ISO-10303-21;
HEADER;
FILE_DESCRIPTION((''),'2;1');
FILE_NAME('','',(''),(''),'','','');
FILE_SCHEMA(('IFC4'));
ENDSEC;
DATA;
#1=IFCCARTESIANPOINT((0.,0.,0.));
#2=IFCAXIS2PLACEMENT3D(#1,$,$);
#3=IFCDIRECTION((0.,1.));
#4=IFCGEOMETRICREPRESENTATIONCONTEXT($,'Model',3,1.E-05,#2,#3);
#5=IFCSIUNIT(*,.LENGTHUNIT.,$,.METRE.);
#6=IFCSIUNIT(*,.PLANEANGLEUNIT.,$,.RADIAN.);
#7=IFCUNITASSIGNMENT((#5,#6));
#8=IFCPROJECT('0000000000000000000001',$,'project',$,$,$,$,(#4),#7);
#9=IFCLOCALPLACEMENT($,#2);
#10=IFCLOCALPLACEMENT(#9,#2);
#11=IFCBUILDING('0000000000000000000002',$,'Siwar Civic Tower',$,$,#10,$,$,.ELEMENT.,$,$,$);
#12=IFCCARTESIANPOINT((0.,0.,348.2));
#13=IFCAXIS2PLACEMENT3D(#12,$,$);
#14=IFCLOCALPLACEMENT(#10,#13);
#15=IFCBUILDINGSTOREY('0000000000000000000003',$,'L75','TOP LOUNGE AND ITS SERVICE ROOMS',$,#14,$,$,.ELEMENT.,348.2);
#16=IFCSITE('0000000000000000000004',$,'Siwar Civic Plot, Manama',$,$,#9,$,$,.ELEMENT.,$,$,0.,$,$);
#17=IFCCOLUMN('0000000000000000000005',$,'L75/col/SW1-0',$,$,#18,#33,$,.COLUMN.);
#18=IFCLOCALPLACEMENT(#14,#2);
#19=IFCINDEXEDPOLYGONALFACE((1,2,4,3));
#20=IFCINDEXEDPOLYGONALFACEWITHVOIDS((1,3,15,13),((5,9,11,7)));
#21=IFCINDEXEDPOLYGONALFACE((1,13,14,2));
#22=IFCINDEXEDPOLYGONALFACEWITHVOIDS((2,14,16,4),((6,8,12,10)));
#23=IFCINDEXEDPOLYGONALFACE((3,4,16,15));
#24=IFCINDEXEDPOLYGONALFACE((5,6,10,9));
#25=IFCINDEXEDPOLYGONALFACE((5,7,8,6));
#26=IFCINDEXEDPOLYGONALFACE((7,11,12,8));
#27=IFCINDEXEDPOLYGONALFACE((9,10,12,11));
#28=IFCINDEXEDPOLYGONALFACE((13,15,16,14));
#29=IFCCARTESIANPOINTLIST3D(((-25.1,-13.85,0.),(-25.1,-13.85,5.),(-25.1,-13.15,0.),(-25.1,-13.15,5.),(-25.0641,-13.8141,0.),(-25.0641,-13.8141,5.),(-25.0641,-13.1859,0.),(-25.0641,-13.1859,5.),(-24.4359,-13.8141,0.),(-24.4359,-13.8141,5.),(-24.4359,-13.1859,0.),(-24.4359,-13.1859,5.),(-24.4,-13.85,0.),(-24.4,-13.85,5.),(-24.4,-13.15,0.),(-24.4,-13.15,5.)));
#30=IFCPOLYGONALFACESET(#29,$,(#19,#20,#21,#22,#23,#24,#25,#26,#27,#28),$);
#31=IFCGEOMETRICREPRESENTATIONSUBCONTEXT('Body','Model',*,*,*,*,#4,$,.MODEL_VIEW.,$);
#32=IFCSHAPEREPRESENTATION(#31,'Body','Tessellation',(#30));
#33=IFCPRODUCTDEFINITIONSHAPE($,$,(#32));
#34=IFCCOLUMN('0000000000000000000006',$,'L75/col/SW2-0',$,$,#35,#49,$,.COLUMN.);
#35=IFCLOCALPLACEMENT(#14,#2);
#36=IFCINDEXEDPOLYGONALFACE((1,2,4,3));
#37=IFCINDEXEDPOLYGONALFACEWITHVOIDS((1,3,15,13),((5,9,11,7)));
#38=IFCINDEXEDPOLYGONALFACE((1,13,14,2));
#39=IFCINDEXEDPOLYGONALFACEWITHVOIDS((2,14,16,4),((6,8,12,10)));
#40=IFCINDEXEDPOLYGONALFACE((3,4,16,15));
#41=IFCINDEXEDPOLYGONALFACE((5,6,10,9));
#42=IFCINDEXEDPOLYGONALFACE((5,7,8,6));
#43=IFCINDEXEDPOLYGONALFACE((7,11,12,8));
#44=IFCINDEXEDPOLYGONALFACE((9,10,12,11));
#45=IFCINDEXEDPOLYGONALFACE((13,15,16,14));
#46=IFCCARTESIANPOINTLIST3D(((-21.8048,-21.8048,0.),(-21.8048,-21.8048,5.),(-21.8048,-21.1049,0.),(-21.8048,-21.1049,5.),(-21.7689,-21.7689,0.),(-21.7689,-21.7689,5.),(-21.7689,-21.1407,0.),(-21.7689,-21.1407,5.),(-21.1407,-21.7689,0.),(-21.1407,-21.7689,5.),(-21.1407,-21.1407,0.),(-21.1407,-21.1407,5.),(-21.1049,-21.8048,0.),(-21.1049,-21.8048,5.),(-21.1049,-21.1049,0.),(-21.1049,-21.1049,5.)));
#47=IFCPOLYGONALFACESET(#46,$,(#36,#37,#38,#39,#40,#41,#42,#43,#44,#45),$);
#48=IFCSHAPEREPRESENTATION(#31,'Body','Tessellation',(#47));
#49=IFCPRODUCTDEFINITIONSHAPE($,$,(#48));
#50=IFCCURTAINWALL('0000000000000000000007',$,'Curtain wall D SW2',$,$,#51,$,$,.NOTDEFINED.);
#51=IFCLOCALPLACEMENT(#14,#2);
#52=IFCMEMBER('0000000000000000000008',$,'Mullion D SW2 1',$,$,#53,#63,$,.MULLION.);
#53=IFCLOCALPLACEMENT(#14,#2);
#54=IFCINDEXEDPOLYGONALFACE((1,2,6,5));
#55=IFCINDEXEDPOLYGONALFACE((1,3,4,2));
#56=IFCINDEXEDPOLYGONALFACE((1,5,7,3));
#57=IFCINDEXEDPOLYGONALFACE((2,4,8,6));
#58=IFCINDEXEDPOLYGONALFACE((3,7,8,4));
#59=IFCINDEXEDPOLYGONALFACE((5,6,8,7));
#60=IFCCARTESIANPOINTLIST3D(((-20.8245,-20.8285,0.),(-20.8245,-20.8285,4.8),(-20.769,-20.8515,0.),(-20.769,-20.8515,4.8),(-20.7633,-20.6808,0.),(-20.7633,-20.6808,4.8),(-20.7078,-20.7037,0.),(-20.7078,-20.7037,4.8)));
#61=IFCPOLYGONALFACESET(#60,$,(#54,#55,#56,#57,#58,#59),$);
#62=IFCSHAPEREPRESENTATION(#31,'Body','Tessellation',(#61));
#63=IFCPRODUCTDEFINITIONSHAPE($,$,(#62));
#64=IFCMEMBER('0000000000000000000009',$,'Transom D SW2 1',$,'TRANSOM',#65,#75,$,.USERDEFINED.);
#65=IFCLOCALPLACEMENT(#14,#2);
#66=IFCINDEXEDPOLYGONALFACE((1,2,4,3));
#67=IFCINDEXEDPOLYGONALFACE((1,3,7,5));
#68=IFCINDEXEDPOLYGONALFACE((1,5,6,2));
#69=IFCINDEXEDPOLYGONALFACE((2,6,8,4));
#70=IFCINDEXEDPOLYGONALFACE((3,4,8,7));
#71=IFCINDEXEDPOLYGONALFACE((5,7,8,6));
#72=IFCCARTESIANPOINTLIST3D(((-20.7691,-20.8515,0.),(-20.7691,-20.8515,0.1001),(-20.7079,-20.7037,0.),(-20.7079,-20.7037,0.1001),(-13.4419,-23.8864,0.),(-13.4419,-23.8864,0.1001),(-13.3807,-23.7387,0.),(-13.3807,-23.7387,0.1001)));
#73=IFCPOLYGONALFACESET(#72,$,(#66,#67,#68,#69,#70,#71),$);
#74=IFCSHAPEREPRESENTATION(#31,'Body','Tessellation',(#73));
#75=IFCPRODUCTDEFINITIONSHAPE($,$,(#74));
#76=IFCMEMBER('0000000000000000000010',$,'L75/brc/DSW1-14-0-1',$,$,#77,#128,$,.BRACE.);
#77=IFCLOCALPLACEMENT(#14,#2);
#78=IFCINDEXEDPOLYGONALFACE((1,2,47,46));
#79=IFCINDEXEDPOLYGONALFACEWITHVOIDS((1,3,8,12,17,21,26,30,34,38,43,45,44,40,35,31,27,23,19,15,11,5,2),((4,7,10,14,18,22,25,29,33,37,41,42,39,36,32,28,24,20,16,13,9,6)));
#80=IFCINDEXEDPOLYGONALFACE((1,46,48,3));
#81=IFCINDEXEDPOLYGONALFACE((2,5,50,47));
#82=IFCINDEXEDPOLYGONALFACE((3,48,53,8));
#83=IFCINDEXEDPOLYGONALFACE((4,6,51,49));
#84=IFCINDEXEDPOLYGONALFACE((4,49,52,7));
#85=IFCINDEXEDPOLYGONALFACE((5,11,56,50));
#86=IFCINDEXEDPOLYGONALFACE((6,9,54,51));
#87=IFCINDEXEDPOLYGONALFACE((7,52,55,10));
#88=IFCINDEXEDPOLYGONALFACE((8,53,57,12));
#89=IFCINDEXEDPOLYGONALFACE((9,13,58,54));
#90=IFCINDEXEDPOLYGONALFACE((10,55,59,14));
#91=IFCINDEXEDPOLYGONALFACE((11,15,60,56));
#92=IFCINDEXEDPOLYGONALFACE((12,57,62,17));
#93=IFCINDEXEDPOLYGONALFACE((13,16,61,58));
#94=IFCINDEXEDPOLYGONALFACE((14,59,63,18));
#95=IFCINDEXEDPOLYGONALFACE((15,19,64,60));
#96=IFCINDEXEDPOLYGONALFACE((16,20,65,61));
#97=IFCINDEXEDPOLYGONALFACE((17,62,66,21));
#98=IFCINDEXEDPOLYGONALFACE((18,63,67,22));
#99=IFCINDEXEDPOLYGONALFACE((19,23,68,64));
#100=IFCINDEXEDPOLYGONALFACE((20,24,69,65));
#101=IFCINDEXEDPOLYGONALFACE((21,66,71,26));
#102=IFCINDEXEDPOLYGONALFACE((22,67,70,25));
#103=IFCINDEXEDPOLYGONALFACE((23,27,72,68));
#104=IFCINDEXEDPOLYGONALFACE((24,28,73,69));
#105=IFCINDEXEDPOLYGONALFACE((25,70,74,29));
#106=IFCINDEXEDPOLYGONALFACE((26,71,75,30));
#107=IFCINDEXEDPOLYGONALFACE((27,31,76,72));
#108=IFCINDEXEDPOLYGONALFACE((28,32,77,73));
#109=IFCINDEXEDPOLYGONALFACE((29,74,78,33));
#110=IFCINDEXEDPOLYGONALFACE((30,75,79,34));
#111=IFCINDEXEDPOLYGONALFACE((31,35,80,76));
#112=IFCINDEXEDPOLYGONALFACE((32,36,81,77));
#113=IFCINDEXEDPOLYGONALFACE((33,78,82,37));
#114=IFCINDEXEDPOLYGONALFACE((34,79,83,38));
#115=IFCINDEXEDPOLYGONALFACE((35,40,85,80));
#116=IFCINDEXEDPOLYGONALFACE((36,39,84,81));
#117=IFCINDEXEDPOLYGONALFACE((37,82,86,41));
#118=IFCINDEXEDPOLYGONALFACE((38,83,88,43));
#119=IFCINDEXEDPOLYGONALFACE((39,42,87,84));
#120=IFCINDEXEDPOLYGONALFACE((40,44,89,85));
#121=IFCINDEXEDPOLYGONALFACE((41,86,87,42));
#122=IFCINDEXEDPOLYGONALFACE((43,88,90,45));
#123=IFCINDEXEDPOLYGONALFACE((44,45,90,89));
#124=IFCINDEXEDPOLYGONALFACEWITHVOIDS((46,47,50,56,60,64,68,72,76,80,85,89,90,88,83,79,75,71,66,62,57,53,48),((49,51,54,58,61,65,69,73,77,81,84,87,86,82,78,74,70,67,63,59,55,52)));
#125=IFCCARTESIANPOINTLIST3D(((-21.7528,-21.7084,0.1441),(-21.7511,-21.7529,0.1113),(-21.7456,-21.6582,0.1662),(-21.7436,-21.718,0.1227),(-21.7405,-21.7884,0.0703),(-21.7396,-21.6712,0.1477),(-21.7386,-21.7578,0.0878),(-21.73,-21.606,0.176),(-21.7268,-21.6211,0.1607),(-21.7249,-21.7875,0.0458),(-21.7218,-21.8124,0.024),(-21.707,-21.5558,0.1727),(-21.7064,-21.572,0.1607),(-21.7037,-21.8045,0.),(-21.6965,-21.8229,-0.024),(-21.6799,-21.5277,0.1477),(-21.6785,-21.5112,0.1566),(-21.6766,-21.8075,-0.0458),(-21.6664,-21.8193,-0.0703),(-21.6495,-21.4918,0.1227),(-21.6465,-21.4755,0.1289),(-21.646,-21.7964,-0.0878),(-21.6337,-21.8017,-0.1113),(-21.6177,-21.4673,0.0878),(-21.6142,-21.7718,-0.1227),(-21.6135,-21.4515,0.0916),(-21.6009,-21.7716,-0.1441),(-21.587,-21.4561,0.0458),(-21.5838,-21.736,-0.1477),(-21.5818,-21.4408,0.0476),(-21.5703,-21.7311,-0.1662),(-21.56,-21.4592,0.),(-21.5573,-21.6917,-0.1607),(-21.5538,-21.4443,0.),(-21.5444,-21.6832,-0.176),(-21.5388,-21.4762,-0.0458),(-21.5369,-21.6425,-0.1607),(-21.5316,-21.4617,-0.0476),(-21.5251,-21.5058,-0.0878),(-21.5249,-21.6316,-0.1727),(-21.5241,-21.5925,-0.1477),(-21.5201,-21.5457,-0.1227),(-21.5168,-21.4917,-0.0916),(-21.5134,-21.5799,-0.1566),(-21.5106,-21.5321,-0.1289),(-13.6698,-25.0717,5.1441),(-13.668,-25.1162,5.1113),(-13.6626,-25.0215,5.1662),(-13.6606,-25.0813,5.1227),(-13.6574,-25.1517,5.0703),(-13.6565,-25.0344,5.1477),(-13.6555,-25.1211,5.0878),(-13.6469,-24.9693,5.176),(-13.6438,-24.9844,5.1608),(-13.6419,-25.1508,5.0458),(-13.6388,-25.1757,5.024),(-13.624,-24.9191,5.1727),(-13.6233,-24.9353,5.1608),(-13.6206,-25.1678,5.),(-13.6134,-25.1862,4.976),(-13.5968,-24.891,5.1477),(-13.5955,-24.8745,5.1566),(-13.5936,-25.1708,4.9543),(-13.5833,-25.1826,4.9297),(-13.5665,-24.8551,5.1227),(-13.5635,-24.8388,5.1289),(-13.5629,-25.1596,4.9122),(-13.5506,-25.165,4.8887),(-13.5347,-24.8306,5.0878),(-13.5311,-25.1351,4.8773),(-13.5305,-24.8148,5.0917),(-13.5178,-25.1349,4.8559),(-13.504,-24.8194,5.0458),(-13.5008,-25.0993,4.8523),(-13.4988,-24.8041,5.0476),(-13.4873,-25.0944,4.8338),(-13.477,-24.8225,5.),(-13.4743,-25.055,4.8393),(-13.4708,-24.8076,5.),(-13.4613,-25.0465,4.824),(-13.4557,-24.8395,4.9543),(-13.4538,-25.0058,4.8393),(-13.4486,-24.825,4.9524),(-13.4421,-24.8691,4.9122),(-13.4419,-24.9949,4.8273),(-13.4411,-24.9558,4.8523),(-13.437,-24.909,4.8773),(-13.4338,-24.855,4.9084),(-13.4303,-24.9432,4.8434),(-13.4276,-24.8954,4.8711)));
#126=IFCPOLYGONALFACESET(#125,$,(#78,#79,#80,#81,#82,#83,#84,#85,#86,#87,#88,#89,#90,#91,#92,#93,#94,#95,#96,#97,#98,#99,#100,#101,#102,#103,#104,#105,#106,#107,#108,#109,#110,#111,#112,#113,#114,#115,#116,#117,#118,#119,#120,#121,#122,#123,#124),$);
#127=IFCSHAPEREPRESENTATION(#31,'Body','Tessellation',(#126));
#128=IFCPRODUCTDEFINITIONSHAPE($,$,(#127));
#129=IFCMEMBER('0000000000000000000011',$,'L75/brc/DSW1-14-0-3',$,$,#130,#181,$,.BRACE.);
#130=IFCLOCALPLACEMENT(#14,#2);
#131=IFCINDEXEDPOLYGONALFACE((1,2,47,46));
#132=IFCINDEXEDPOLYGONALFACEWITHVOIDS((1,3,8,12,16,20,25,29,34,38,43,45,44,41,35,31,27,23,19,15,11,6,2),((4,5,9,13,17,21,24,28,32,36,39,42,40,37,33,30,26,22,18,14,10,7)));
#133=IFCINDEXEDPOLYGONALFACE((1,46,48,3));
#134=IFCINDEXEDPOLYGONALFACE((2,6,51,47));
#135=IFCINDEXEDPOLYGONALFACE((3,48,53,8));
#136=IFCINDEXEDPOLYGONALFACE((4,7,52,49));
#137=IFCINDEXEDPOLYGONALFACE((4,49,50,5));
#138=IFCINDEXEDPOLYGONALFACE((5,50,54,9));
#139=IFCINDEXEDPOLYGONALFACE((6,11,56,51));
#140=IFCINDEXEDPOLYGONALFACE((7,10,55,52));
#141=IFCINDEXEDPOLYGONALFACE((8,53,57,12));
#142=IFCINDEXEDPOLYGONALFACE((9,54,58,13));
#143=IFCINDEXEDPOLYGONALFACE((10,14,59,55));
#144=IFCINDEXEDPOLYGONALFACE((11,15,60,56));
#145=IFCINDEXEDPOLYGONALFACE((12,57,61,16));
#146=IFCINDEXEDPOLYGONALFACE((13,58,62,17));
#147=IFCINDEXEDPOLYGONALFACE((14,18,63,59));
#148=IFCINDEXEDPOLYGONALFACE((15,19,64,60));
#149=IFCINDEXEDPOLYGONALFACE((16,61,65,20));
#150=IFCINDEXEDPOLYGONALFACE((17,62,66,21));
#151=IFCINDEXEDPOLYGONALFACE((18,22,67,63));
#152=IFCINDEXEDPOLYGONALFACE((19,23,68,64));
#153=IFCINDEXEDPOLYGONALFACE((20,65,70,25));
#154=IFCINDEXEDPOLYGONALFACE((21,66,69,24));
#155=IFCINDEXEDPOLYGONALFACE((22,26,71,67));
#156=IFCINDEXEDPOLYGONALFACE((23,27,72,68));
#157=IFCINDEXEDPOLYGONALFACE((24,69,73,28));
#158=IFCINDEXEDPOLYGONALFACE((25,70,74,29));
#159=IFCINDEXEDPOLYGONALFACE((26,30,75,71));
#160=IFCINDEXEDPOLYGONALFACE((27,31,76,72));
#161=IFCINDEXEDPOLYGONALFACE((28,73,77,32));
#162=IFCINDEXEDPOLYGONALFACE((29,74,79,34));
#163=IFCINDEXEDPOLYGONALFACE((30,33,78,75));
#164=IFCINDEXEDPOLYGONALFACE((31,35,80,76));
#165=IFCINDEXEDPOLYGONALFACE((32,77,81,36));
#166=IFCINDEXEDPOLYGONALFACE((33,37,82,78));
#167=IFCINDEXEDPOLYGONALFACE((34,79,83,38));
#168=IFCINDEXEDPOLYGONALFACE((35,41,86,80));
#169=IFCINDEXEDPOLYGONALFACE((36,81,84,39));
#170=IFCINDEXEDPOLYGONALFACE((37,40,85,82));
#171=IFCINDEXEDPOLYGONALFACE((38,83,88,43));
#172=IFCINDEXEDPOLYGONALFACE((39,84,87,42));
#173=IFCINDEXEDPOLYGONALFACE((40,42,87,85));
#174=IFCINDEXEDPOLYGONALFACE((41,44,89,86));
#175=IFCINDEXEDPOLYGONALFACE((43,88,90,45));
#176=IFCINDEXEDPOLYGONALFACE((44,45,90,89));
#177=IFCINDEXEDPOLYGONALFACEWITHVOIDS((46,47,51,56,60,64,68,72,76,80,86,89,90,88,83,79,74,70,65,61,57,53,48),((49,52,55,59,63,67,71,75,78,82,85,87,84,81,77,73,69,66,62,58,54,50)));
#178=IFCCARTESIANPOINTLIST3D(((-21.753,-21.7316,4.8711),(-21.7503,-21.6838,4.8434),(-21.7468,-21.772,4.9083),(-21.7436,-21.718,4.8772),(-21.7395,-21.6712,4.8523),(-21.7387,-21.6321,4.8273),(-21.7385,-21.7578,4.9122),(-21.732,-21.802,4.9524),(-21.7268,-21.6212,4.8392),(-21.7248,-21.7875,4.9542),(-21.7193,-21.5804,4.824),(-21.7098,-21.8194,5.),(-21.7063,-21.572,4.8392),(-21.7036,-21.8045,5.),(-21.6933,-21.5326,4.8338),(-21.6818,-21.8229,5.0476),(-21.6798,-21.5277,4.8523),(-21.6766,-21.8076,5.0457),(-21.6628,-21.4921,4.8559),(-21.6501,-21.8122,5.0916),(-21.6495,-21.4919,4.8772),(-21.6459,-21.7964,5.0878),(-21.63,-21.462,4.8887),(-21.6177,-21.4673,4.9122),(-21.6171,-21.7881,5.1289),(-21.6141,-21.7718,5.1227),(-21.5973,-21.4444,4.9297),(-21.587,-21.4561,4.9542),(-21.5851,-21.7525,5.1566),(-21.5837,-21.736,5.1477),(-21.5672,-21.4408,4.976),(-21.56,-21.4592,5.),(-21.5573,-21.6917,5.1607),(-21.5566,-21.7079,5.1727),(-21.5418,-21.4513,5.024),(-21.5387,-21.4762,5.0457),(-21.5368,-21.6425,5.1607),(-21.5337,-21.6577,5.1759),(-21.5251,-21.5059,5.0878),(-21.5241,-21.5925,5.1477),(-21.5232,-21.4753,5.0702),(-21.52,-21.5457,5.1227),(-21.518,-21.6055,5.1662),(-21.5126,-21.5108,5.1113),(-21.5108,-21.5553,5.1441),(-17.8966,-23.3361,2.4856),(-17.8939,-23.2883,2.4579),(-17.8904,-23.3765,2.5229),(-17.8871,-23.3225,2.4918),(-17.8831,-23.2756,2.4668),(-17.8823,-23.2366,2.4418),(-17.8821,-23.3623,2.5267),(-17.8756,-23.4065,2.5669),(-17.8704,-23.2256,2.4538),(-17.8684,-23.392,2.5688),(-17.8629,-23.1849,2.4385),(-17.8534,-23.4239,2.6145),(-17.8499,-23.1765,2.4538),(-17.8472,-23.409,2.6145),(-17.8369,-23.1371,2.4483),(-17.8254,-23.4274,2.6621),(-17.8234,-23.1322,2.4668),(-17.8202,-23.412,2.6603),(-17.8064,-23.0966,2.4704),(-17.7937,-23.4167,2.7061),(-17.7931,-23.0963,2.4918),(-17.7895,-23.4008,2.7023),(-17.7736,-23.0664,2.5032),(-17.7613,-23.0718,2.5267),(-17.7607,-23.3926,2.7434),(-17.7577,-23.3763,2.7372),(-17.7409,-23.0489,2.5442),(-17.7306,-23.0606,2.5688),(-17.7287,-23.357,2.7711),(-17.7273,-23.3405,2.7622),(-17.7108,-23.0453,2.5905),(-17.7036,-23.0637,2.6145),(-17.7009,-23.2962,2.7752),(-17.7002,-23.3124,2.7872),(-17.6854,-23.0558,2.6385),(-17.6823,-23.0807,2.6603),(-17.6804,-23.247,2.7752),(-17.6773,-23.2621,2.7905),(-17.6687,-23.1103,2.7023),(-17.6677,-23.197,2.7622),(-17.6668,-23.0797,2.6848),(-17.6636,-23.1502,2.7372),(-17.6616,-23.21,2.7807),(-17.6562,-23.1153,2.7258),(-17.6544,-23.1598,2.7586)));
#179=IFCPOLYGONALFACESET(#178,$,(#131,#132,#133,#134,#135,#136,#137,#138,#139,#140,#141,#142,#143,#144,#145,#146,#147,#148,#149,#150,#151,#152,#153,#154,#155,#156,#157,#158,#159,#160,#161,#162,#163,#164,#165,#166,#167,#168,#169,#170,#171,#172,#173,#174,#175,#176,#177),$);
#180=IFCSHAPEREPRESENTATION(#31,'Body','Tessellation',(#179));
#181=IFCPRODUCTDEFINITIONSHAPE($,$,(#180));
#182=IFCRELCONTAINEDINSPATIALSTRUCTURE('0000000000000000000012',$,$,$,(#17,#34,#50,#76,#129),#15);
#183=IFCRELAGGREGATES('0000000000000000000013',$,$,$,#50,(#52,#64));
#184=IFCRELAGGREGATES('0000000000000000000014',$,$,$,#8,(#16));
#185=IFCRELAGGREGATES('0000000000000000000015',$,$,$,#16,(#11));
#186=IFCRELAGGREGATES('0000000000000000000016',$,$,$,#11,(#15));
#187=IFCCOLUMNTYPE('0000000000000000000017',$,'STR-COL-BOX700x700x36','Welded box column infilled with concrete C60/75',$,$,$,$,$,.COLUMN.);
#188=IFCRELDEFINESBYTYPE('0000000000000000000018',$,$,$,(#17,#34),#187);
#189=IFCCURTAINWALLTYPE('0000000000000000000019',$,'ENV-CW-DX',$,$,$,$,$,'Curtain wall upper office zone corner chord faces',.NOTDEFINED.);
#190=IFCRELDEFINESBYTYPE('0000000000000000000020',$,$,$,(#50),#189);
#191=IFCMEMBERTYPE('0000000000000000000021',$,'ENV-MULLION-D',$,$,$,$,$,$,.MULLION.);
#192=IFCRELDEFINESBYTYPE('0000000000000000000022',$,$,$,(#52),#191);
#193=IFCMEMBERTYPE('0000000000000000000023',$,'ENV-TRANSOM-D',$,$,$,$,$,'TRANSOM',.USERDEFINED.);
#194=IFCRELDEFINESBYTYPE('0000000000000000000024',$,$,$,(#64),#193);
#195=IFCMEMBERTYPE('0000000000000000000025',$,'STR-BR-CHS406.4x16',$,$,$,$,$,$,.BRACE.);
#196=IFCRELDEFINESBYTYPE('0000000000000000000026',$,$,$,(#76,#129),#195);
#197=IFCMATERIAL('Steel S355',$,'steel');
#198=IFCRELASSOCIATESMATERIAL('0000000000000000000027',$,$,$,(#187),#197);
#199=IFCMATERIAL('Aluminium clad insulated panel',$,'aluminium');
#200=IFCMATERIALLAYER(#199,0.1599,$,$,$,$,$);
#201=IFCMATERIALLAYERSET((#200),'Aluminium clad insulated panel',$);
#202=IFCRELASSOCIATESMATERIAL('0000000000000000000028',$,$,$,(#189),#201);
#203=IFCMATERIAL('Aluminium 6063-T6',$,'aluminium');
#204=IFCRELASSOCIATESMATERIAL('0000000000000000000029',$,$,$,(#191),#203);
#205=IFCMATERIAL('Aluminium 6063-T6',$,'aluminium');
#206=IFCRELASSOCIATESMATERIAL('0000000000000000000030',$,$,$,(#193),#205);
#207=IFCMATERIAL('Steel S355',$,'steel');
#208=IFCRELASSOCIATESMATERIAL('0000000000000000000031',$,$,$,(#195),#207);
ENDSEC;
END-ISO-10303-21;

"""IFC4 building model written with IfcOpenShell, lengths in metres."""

from ifc_helpers import new_model, si_unit, direction, frame, origin, origin_2d, place, context, subcontext, project, spatial, rectangle, hollow_rectangle, hollow_circle, extrude, material, layer, layer_set, material_profile, profile_set, type_object, element, aggregate, save


model = new_model("IFC4")

# Units and contexts
model_context = context("Model", 3, precision=1e-05, world=origin(), true_north=direction((0.0, 1.0)))
body_context = subcontext(model_context, "Body", "Model", "MODEL_VIEW")
ifc_project = project(units=[si_unit("LENGTHUNIT", "METRE"), si_unit("PLANEANGLEUNIT", "RADIAN")], contexts=[model_context])

# Site, building, storey
site_placement = place(None, origin())
site = spatial("IfcSite", under=ifc_project, at=site_placement, Name="Siwar Civic Plot, Manama", CompositionType="ELEMENT", RefElevation=0.0)
building_placement = place(site_placement, origin())
building = spatial("IfcBuilding", under=site, at=building_placement, Name="Siwar Civic Tower", CompositionType="ELEMENT")
storey_placement = place(building_placement, frame((0.0, 0.0, 348.2)))
storey = spatial("IfcBuildingStorey", under=building, at=storey_placement, Name="L75", Description="TOP LOUNGE AND ITS SERVICE ROOMS", CompositionType="ELEMENT", Elevation=348.2)

# Columns
ifc_material_1 = material(Name="Steel S355", Category="steel")
ifc_material_profile_1 = material_profile(ifc_material_1, hollow_rectangle(XDim=0.7, YDim=0.7, WallThickness=0.0359, at=origin_2d()), Name="BOX700x700x36")
ifc_profile_set_1 = profile_set([ifc_material_profile_1], Name="Steel S355")
column_type = type_object("IfcColumnType", Name="STR-COL-BOX700x700x36", Description="Welded box column infilled with concrete C60/75", PredefinedType="COLUMN", material=ifc_profile_set_1)
for number, where, z_axis, x_axis, name in (
    (1, (-24.75, -13.5, 0.0), (0.0, 0.0, 1.0), (1.0, 0.0, 0.0), "L75/col/SW1-0"),
    (2, (-21.4548, -21.4548, 0.0), (0.0, 0.0, 1.0), (1.0, 0.0, 0.0), "L75/col/SW2-0"),
):
    element("IfcColumn", number, at=place(storey_placement, frame(where, z_axis=z_axis, x_axis=x_axis)), inside=storey, type_object=column_type, Name=name, PredefinedType="COLUMN", context=body_context, shape_type="SweptSolid", body=[
        extrude(hollow_rectangle(XDim=0.7, YDim=0.7, WallThickness=0.0359, at=origin_2d()), origin(), (0.0, 0.0, 1.0), 5.0),
    ])

# Curtain wall, members
ifc_material_2 = material(Name="Aluminium clad insulated panel", Category="aluminium")
ifc_layer_1 = layer(ifc_material_2, 0.1599)
ifc_layer_set_1 = layer_set([ifc_layer_1], Name="Aluminium clad insulated panel")
curtain_wall_type = type_object("IfcCurtainWallType", Name="ENV-CW-DX", ElementType="Curtain wall upper office zone corner chord faces", PredefinedType="NOTDEFINED", material=ifc_layer_set_1)
curtain_wall_1_placement = place(storey_placement, origin())
curtain_wall_1 = element("IfcCurtainWall", 3, at=curtain_wall_1_placement, inside=storey, type_object=curtain_wall_type, Name="Curtain wall D SW2", PredefinedType="NOTDEFINED")
ifc_material_3 = material(Name="Aluminium 6063-T6", Category="aluminium")
ifc_material_profile_2 = material_profile(ifc_material_3, rectangle(XDim=0.1599, YDim=0.0601, at=origin_2d()), Name="AL 160x60")
ifc_profile_set_2 = profile_set([ifc_material_profile_2], Name="Aluminium 6063-T6")
member_type_1 = type_object("IfcMemberType", Name="ENV-MULLION-D", PredefinedType="MULLION", material=ifc_profile_set_2)
member_1_placement = place(storey_placement, frame((-20.7661, -20.7661, 0.0), z_axis=(0.0, 0.0, 1.0), x_axis=(0.382683, 0.92388, 0.0)))
member_1 = element("IfcMember", 4, at=member_1_placement, type_object=member_type_1, Name="Mullion D SW2 1", PredefinedType="MULLION", context=body_context, shape_type="SweptSolid", body=[
    extrude(rectangle(XDim=0.1599, YDim=0.0601, at=origin_2d()), origin(), (0.0, 0.0, 1.0), 4.8),
])
ifc_material_4 = material(Name="Aluminium 6063-T6", Category="aluminium")
ifc_material_profile_3 = material_profile(ifc_material_4, rectangle(XDim=0.1599, YDim=0.1001, at=origin_2d()), Name="AL 160x100")
ifc_profile_set_3 = profile_set([ifc_material_profile_3], Name="Aluminium 6063-T6")
member_type_2 = type_object("IfcMemberType", Name="ENV-TRANSOM-D", ElementType="TRANSOM", PredefinedType="USERDEFINED", material=ifc_profile_set_3)
member_2_placement = place(storey_placement, frame((-20.7385, -20.7776, 0.05), z_axis=(0.923884, -0.382674, 0.0), x_axis=(0.382674, 0.923884, 0.0)))
member_2 = element("IfcMember", 5, at=member_2_placement, type_object=member_type_2, Name="Transom D SW2 1", ObjectType="TRANSOM", PredefinedType="USERDEFINED", context=body_context, shape_type="SweptSolid", body=[
    extrude(rectangle(XDim=0.1599, YDim=0.1001, at=origin_2d()), origin(), (0.0, 0.0, 1.0), 7.9309),
])

# Members
ifc_material_5 = material(Name="Steel S355", Category="steel")
ifc_material_profile_4 = material_profile(ifc_material_5, hollow_circle(Radius=0.2031, WallThickness=0.0161, at=origin_2d()), Name="CHS406.4x16")
ifc_profile_set_4 = profile_set([ifc_material_profile_4], Name="Steel S355")
member_type_3 = type_object("IfcMemberType", Name="STR-BR-CHS406.4x16", PredefinedType="BRACE", material=ifc_profile_set_4)
member_3_placement = place(storey_placement, frame((-21.6318, -21.6318, 0.0), z_axis=(0.801727, -0.333593, 0.495933), x_axis=(0.384164, 0.923265, 0.0)))
element("IfcMember", 6, at=member_3_placement, inside=storey, type_object=member_type_3, Name="L75/brc/DSW1-14-0-1", PredefinedType="BRACE", context=body_context, shape_type="SweptSolid", body=[
    extrude(hollow_circle(Radius=0.2031, WallThickness=0.0161, at=origin_2d()), origin(), (0.0, 0.0, 1.0), 10.082),
])
member_4_placement = place(storey_placement, frame((-17.7754, -23.2363, 2.6145), z_axis=(-0.801737, 0.333567, 0.495934), x_axis=(-0.384134, -0.923277, 0.0)))
element("IfcMember", 7, at=member_4_placement, inside=storey, type_object=member_type_3, Name="L75/brc/DSW1-14-0-3", PredefinedType="BRACE", context=body_context, shape_type="SweptSolid", body=[
    extrude(hollow_circle(Radius=0.2031, WallThickness=0.0161, at=origin_2d()), origin(), (0.0, 0.0, 1.0), 4.8101),
])

aggregate(curtain_wall_1, [member_1, member_2])

save(model, "model.ifc")
